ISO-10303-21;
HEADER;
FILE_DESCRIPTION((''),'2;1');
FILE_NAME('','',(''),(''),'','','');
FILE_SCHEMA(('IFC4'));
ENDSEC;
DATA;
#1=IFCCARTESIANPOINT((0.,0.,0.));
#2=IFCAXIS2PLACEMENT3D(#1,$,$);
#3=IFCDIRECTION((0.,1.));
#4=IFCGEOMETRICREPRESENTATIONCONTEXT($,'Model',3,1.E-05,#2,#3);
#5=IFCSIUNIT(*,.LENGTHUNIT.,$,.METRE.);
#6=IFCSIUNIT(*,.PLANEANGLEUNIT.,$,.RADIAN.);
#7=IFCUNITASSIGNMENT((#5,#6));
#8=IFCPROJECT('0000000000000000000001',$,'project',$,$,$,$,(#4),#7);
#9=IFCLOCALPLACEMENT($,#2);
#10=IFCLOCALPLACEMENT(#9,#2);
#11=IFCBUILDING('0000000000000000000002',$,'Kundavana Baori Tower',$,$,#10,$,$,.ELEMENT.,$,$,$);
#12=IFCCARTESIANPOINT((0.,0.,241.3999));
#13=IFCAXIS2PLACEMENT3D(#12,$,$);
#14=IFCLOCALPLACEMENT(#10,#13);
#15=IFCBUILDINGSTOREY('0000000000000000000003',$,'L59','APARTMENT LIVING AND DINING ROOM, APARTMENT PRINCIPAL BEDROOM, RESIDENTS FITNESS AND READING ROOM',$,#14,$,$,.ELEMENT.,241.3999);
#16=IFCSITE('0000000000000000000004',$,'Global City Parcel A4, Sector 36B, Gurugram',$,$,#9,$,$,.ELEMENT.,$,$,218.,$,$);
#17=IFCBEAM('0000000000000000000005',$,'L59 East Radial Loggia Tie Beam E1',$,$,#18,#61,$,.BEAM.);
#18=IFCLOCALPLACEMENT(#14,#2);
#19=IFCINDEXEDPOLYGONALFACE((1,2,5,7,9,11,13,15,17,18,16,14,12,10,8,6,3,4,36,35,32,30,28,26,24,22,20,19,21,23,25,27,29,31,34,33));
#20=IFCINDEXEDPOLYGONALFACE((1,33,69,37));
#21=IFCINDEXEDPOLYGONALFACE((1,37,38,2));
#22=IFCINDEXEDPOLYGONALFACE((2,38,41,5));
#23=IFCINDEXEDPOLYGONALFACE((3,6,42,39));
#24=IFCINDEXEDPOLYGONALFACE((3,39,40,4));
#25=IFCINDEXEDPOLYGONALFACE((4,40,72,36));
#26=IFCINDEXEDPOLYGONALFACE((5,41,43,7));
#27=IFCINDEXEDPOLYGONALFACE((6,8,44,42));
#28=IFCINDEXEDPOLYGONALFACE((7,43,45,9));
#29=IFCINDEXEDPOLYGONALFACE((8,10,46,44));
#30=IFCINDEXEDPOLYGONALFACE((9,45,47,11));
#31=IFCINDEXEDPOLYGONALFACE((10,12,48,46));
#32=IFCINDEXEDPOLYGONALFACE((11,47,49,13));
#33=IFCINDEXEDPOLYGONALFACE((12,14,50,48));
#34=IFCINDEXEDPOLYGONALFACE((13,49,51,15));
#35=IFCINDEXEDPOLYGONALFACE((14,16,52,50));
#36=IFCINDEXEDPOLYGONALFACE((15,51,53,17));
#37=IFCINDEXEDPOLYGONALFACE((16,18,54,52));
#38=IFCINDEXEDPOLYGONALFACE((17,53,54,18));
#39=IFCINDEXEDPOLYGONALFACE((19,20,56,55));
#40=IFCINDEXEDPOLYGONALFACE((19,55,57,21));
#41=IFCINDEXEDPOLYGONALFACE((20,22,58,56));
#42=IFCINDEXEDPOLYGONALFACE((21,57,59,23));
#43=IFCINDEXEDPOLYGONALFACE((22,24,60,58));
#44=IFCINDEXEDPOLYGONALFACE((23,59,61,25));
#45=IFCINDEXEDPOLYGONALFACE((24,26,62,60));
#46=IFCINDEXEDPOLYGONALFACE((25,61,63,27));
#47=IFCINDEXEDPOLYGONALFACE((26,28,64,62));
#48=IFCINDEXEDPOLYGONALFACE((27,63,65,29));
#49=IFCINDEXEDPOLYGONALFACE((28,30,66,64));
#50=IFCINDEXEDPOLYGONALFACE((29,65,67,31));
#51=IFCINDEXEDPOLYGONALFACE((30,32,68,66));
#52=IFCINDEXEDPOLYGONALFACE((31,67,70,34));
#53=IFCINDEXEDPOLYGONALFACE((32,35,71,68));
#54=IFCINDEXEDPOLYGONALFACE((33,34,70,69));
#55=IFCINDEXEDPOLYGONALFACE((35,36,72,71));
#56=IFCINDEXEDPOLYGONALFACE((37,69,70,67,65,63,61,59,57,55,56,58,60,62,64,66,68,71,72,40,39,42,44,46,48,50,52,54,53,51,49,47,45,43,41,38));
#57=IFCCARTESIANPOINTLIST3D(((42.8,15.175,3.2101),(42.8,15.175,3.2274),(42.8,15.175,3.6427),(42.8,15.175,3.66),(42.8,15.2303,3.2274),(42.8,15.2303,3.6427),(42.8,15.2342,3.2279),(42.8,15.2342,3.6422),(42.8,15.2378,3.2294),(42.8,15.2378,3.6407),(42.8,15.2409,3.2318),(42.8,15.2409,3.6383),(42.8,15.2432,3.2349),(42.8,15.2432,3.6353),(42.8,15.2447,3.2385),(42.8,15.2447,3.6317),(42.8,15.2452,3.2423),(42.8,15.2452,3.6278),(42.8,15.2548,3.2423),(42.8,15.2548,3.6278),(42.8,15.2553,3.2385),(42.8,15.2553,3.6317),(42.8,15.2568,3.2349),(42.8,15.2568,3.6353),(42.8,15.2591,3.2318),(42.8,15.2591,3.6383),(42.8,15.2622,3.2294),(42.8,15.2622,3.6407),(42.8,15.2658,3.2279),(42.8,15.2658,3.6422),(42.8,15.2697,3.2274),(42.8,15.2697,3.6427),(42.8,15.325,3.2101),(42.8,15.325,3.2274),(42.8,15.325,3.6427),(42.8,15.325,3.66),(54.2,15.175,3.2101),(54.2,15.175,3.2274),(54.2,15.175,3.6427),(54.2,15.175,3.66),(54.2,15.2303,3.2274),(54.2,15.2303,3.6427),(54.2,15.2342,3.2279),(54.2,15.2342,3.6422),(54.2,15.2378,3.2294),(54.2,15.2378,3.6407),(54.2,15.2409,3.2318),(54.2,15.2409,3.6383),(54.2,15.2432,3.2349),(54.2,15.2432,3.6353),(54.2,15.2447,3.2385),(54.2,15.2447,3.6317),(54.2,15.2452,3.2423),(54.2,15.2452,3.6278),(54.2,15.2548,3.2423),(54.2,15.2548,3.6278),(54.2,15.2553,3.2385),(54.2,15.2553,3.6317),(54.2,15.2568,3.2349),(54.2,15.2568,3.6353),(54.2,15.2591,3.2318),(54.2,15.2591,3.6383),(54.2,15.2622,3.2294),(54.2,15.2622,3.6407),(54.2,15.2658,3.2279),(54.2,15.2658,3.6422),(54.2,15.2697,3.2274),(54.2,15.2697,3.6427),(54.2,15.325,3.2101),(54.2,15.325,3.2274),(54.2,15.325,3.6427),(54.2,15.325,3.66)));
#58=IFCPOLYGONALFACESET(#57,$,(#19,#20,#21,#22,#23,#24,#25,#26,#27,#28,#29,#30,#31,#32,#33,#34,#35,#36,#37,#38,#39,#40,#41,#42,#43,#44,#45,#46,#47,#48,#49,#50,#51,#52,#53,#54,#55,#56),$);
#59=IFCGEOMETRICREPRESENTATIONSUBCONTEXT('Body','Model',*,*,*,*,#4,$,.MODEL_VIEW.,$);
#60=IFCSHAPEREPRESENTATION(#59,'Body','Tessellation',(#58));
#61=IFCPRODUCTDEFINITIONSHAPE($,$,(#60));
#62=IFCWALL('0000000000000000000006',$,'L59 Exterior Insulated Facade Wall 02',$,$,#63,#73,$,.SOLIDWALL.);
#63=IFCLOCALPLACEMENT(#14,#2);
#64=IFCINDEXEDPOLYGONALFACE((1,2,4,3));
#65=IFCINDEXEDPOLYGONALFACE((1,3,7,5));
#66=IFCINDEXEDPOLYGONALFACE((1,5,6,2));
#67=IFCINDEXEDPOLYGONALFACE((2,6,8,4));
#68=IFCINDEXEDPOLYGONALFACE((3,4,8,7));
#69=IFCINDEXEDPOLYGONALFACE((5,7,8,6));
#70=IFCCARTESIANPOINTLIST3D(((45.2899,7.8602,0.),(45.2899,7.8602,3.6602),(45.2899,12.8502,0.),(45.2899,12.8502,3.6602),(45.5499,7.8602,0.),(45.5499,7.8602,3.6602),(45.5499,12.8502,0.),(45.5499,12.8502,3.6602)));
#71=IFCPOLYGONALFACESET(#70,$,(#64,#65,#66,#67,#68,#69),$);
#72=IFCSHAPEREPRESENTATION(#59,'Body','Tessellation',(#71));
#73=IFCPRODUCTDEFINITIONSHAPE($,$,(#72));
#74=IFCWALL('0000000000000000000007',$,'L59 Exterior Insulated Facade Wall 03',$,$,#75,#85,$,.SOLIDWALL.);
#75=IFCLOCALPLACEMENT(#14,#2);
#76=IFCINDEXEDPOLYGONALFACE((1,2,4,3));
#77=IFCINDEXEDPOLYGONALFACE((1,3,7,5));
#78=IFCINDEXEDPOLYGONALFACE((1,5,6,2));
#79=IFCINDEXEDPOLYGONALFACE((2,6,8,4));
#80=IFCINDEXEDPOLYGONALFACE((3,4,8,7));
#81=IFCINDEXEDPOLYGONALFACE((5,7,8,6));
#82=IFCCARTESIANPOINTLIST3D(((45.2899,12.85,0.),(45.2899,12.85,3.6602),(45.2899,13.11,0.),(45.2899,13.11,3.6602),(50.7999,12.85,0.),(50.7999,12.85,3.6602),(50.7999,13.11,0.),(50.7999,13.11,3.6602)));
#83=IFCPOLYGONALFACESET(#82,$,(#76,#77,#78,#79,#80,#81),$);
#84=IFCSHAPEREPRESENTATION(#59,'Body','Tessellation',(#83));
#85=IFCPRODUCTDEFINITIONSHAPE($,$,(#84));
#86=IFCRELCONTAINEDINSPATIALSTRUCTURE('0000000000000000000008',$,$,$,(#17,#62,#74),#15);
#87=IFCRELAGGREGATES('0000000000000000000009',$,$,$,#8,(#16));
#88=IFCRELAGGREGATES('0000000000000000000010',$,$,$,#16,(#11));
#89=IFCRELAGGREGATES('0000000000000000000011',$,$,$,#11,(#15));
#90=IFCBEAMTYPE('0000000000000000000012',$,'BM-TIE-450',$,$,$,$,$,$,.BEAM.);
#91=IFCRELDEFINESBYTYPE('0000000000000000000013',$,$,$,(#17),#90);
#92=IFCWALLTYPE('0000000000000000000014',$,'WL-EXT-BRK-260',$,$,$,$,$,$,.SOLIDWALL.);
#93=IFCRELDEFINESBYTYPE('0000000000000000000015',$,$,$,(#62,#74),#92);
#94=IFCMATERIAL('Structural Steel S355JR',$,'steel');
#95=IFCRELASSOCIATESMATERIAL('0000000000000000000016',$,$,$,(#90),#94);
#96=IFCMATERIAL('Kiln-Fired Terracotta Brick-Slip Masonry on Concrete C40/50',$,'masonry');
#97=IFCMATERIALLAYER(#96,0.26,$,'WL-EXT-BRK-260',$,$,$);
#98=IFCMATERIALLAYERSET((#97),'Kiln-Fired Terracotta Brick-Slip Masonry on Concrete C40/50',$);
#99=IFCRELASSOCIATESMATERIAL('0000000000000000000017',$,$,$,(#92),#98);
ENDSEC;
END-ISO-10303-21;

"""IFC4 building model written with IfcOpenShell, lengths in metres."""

from ifc_helpers import new_model, si_unit, direction, frame, frame_2d, origin, origin_2d, place, context, subcontext, project, spatial, rectangle, i_section, extrude, material, layer, layer_set, material_profile, profile_set, type_object, element, save


model = new_model("IFC4")

# Units and contexts
model_context = context("Model", 3, precision=1e-05, world=origin(), true_north=direction((0.0, 1.0)))
body_context = subcontext(model_context, "Body", "Model", "MODEL_VIEW")
ifc_project = project(units=[si_unit("LENGTHUNIT", "METRE"), si_unit("PLANEANGLEUNIT", "RADIAN")], contexts=[model_context])

# Site, building, storey
site_placement = place(None, origin())
site = spatial("IfcSite", under=ifc_project, at=site_placement, Name="Global City Parcel A4, Sector 36B, Gurugram", CompositionType="ELEMENT", RefElevation=218.0)
building_placement = place(site_placement, origin())
building = spatial("IfcBuilding", under=site, at=building_placement, Name="Kundavana Baori Tower", CompositionType="ELEMENT")
storey_placement = place(building_placement, frame((0.0, 0.0, 241.3999)))
storey = spatial("IfcBuildingStorey", under=building, at=storey_placement, Name="L59", Description="APARTMENT LIVING AND DINING ROOM, APARTMENT PRINCIPAL BEDROOM, RESIDENTS FITNESS AND READING ROOM", CompositionType="ELEMENT", Elevation=241.3999)

# Beam
ifc_material_1 = material(Name="Structural Steel S355JR", Category="steel")
ifc_material_profile_1 = material_profile(ifc_material_1, i_section(OverallWidth=0.1499, OverallDepth=0.45, WebThickness=0.0095, FlangeThickness=0.0173, FilletRadius=0.0149, at=origin_2d()), Name="ISMB 450")
ifc_profile_set_1 = profile_set([ifc_material_profile_1], Name="Structural Steel S355JR")
beam_type_1 = type_object("IfcBeamType", Name="BM-TIE-450", PredefinedType="BEAM", material=ifc_profile_set_1)
beam_1_placement = place(storey_placement, frame((42.8, 15.25, 3.4351), z_axis=(1.0, 0.0, 0.0), x_axis=(0.0, 1.0, 0.0)))
element("IfcBeam", 1, at=beam_1_placement, inside=storey, type_object=beam_type_1, Name="L59 East Radial Loggia Tie Beam E1", PredefinedType="BEAM", context=body_context, shape_type="SweptSolid", body=[
    extrude(i_section(OverallWidth=0.1499, OverallDepth=0.45, WebThickness=0.0095, FlangeThickness=0.0173, FilletRadius=0.0149, at=origin_2d()), origin(), (0.0, 0.0, 1.0), 11.3999),
])

# Walls
ifc_material_2 = material(Name="Kiln-Fired Terracotta Brick-Slip Masonry on Concrete C40/50", Category="masonry")
ifc_layer_1 = layer(ifc_material_2, 0.26, Name="WL-EXT-BRK-260")
ifc_layer_set_1 = layer_set([ifc_layer_1], Name="Kiln-Fired Terracotta Brick-Slip Masonry on Concrete C40/50")
wall_type_1 = type_object("IfcWallType", Name="WL-EXT-BRK-260", PredefinedType="SOLIDWALL", material=ifc_layer_set_1)
wall_1_placement = place(storey_placement, frame((45.4199, 7.8601, 0.0), z_axis=(0.0, 0.0, 1.0), x_axis=(0.0, 1.0, 0.0)))
element("IfcWall", 2, at=wall_1_placement, inside=storey, type_object=wall_type_1, Name="L59 Exterior Insulated Facade Wall 02", PredefinedType="SOLIDWALL", context=body_context, shape_type="SweptSolid", body=[
    extrude(rectangle(XDim=4.99, YDim=0.26, at=frame_2d((2.4951, 0.0))), origin(), (0.0, 0.0, 1.0), 3.6602),
])
wall_2_placement = place(storey_placement, frame((45.29, 12.98, 0.0), z_axis=(0.0, 0.0, 1.0), x_axis=(1.0, 0.0, 0.0)))
element("IfcWall", 3, at=wall_2_placement, inside=storey, type_object=wall_type_1, Name="L59 Exterior Insulated Facade Wall 03", PredefinedType="SOLIDWALL", context=body_context, shape_type="SweptSolid", body=[
    extrude(rectangle(XDim=5.51, YDim=0.26, at=frame_2d((2.7549, 0.0))), origin(), (0.0, 0.0, 1.0), 3.6602),
])

save(model, "model.ifc")
